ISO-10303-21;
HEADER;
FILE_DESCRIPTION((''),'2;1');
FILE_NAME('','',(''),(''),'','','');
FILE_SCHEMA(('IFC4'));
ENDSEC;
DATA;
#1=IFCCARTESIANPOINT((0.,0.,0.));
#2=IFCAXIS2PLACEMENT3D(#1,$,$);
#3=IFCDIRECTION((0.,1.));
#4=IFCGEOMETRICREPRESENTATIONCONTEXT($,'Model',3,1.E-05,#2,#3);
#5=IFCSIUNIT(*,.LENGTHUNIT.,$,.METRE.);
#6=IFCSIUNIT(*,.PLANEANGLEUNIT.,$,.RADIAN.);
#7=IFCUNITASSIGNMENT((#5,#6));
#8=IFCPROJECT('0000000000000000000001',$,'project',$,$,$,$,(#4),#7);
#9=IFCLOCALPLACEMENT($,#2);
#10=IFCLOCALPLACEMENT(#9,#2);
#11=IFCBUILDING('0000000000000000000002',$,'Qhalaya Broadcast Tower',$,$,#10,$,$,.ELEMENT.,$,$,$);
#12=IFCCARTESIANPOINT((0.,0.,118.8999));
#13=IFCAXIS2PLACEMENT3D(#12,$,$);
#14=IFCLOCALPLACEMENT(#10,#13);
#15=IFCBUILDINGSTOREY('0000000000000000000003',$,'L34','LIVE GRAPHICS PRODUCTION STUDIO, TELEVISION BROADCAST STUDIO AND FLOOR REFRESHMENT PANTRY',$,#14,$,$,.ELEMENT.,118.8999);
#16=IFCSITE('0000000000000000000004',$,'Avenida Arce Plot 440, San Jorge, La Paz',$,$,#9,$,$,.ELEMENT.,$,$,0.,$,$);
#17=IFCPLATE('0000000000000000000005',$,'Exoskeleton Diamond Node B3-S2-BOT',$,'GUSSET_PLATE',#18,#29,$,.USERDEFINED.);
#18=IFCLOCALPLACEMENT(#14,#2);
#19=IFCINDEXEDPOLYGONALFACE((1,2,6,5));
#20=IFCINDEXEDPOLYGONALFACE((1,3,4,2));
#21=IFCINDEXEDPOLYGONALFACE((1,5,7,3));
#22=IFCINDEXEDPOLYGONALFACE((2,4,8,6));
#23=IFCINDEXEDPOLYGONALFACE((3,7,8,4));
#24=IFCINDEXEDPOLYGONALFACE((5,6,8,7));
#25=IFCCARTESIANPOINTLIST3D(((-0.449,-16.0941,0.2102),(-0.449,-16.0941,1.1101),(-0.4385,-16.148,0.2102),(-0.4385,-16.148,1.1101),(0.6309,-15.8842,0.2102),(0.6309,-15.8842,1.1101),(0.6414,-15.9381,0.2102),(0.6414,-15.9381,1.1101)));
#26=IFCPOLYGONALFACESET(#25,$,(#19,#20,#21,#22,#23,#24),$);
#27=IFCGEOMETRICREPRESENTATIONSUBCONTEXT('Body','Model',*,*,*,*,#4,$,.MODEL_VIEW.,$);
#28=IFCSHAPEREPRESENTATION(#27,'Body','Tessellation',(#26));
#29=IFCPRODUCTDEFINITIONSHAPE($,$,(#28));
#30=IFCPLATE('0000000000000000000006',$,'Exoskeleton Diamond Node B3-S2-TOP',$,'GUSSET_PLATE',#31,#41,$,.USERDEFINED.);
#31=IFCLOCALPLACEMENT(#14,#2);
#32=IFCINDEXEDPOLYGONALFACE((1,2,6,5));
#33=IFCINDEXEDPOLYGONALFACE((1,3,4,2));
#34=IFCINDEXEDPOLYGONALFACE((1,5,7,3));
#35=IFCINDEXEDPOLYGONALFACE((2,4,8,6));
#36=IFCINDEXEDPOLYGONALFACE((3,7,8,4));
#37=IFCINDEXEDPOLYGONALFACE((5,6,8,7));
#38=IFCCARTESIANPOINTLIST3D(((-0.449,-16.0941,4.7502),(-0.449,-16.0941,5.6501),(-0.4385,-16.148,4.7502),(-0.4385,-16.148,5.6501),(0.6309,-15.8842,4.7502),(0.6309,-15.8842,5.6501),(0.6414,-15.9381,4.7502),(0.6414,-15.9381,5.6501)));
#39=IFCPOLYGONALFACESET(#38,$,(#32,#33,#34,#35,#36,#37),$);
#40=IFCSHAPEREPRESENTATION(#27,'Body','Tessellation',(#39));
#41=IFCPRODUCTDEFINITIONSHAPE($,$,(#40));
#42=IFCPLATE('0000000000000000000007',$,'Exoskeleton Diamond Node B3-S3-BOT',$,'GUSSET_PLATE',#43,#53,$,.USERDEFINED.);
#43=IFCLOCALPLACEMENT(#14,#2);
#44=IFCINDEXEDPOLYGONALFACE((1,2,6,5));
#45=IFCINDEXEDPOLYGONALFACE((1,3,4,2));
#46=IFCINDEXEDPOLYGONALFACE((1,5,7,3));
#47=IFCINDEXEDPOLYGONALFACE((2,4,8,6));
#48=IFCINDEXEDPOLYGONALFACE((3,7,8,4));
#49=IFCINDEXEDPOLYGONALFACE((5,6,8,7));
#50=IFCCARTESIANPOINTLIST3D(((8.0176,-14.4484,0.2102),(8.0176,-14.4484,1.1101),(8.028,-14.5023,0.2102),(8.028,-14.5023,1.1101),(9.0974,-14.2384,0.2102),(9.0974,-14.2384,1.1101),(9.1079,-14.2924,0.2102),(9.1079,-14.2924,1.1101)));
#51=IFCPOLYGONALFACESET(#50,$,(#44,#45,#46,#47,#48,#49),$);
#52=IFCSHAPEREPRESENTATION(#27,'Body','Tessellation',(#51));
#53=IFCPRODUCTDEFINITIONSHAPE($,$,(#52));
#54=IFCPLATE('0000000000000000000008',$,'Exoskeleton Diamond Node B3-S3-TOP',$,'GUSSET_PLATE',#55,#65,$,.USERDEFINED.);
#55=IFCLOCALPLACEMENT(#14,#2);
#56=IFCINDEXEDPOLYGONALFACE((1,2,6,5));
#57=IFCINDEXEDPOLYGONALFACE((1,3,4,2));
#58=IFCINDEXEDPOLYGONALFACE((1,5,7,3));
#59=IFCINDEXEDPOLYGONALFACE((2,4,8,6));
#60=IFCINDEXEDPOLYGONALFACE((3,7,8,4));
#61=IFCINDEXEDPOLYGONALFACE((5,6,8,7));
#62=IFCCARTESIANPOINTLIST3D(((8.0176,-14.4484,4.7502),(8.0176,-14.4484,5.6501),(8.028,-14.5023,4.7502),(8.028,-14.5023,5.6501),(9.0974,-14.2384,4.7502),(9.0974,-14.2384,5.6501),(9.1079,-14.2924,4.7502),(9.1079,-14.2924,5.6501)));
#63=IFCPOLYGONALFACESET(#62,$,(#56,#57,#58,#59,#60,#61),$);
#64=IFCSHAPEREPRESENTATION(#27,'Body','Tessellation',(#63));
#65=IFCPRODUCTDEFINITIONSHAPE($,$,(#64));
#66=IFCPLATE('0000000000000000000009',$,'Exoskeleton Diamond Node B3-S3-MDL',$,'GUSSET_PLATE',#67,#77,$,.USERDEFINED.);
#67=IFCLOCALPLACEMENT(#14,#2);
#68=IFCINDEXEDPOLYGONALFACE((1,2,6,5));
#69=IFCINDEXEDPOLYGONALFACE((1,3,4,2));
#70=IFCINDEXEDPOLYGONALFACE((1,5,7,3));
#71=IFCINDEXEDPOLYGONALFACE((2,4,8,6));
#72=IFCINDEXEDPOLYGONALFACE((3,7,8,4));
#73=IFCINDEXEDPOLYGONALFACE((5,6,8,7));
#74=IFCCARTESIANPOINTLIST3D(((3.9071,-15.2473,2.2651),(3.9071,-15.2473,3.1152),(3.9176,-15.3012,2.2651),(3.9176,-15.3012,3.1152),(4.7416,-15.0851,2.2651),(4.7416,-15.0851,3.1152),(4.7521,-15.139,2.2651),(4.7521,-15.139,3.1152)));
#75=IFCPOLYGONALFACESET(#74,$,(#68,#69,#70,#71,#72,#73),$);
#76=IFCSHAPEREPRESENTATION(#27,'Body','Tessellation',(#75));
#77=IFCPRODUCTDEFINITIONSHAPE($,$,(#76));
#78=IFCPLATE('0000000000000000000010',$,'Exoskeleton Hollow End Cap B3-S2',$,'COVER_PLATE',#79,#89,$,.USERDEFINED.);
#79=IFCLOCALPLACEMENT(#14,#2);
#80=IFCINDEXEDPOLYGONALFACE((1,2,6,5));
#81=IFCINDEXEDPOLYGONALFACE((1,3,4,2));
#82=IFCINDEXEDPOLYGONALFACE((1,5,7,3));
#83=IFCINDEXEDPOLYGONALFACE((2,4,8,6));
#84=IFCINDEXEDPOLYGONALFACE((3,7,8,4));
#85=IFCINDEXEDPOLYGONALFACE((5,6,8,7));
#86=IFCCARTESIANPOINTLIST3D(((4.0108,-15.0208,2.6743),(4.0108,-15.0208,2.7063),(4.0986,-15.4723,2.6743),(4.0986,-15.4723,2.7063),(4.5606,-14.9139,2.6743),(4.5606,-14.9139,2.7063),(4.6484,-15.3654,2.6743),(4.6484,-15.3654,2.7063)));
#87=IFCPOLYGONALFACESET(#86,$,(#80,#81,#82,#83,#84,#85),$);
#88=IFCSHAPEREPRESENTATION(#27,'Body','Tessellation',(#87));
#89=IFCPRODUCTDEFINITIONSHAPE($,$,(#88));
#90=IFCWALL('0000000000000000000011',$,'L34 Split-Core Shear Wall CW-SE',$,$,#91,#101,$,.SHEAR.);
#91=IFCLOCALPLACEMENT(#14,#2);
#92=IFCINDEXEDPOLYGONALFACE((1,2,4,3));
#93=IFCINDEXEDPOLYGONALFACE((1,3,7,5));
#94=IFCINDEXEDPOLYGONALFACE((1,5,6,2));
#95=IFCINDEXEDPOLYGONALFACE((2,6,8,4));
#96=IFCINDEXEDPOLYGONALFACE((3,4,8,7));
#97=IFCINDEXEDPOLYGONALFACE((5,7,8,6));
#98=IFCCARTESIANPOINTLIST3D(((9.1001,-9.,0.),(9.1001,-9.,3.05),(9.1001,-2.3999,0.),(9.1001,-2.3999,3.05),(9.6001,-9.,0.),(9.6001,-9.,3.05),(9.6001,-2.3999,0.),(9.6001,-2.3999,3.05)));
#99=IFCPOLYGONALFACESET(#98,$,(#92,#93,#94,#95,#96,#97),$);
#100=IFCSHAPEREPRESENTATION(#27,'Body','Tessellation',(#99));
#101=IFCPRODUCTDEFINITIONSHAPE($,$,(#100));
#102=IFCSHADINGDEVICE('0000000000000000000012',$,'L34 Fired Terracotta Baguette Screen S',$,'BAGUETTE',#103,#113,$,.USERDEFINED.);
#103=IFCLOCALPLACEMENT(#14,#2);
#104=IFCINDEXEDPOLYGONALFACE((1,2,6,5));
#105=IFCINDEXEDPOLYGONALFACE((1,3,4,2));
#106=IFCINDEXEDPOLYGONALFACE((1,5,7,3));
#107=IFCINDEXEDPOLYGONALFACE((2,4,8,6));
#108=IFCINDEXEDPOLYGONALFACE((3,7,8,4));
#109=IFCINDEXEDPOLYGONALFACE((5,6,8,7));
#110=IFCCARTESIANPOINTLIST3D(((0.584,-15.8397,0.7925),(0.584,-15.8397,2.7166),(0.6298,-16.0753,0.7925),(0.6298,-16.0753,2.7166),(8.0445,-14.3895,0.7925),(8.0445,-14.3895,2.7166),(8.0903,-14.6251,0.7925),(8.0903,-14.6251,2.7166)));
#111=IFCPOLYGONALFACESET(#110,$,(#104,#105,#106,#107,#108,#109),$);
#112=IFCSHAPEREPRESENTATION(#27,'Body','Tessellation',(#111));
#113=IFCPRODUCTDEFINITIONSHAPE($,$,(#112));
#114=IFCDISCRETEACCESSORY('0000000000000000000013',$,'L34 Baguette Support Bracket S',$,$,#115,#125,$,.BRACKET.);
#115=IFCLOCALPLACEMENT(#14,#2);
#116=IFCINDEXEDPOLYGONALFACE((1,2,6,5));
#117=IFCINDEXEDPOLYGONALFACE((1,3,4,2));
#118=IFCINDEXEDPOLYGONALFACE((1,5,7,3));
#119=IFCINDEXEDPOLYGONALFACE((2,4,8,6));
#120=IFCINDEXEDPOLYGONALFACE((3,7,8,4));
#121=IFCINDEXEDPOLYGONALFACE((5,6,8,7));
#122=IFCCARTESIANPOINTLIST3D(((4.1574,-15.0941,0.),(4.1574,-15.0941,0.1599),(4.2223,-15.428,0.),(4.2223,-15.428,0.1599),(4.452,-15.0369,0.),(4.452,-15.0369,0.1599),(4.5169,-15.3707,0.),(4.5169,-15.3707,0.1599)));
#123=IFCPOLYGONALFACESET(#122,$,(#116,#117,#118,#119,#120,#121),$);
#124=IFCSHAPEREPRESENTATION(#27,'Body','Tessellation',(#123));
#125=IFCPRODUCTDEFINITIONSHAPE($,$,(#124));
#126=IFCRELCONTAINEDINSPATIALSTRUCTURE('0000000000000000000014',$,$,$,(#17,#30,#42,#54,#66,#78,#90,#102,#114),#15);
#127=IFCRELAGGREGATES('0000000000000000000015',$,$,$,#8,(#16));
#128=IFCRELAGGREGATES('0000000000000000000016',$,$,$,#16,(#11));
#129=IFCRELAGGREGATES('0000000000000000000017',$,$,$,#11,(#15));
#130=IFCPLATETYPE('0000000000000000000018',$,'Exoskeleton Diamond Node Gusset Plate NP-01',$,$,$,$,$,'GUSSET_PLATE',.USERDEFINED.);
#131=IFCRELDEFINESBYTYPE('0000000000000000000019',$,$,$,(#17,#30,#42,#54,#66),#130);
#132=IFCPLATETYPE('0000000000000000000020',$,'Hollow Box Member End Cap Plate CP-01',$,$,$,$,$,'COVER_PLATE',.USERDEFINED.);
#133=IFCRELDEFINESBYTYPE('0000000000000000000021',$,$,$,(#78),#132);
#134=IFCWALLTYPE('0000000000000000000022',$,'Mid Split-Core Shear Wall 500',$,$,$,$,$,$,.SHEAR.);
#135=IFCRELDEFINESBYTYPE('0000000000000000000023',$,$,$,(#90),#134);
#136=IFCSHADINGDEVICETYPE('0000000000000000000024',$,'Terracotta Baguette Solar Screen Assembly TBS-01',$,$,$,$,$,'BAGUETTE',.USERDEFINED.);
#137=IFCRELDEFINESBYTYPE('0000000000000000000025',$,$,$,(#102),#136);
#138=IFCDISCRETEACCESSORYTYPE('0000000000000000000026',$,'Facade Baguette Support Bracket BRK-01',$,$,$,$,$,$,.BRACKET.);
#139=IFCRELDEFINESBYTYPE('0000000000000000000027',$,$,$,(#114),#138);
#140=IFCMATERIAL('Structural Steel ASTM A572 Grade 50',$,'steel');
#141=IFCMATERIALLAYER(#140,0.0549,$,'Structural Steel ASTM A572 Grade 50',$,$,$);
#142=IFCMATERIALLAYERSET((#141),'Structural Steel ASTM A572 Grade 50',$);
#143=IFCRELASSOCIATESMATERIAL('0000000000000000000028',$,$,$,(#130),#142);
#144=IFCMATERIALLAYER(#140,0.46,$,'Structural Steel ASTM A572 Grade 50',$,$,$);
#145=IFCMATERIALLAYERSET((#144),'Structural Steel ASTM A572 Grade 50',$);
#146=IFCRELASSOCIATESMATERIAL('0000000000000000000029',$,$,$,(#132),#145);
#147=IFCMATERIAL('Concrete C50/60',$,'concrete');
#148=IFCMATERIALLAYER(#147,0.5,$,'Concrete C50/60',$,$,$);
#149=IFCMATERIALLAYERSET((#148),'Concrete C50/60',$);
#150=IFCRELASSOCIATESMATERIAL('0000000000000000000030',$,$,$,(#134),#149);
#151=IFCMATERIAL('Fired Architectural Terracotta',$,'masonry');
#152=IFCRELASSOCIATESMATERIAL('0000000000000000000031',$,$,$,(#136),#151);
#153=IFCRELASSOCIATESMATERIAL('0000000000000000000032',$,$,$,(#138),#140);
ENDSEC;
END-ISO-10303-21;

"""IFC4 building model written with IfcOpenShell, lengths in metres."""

from ifc_helpers import new_model, si_unit, direction, frame, frame_2d, origin, origin_2d, place, context, subcontext, project, spatial, rectangle, extrude, material, layer, layer_set, type_object, element, save


model = new_model("IFC4")

# Units and contexts
model_context = context("Model", 3, precision=1e-05, world=origin(), true_north=direction((0.0, 1.0)))
body_context = subcontext(model_context, "Body", "Model", "MODEL_VIEW")
ifc_project = project(units=[si_unit("LENGTHUNIT", "METRE"), si_unit("PLANEANGLEUNIT", "RADIAN")], contexts=[model_context])

# Site, building, storey
site_placement = place(None, origin())
site = spatial("IfcSite", under=ifc_project, at=site_placement, Name="Avenida Arce Plot 440, San Jorge, La Paz", CompositionType="ELEMENT", RefElevation=0.0)
building_placement = place(site_placement, origin())
building = spatial("IfcBuilding", under=site, at=building_placement, Name="Qhalaya Broadcast Tower", CompositionType="ELEMENT")
storey_placement = place(building_placement, frame((0.0, 0.0, 118.8999)))
storey = spatial("IfcBuildingStorey", under=building, at=storey_placement, Name="L34", Description="LIVE GRAPHICS PRODUCTION STUDIO, TELEVISION BROADCAST STUDIO AND FLOOR REFRESHMENT PANTRY", CompositionType="ELEMENT", Elevation=118.8999)

# Shared definitions
ifc_material_1 = material(Name="Structural Steel ASTM A572 Grade 50", Category="steel")

# Plates
ifc_layer_1 = layer(ifc_material_1, 0.0549, Name="Structural Steel ASTM A572 Grade 50")
ifc_layer_set_1 = layer_set([ifc_layer_1], Name="Structural Steel ASTM A572 Grade 50")
plate_type_1 = type_object("IfcPlateType", Name="Exoskeleton Diamond Node Gusset Plate NP-01", ElementType="GUSSET_PLATE", PredefinedType="USERDEFINED", material=ifc_layer_set_1)
for number, where, z_axis, x_axis, name in (
    (1, (0.0962, -16.0161, 0.2102), (0.0, 0.0, 1.0), (0.981627, 0.190809, 0.0), "Exoskeleton Diamond Node B3-S2-BOT"),
    (2, (0.0962, -16.0161, 4.7502), (0.0, 0.0, 1.0), (0.981627, 0.190809, 0.0), "Exoskeleton Diamond Node B3-S2-TOP"),
    (3, (8.5627, -14.3704, 0.2102), (0.0, 0.0, 1.0), (0.981627, 0.190809, 0.0), "Exoskeleton Diamond Node B3-S3-BOT"),
    (4, (8.5627, -14.3704, 4.7502), (0.0, 0.0, 1.0), (0.981627, 0.190809, 0.0), "Exoskeleton Diamond Node B3-S3-TOP"),
):
    element("IfcPlate", number, at=place(storey_placement, frame(where, z_axis=z_axis, x_axis=x_axis)), inside=storey, type_object=plate_type_1, Name=name, ObjectType="GUSSET_PLATE", PredefinedType="USERDEFINED", context=body_context, shape_type="SweptSolid", body=[
        extrude(rectangle(XDim=1.1001, YDim=0.0549, at=origin_2d()), origin(), (0.0, 0.0, 1.0), 0.8999),
    ])
plate_1_placement = place(storey_placement, frame((4.3296, -15.1931, 2.2651), z_axis=(0.0, 0.0, 1.0), x_axis=(0.981627, 0.190809, 0.0)))
element("IfcPlate", 5, at=plate_1_placement, inside=storey, type_object=plate_type_1, Name="Exoskeleton Diamond Node B3-S3-MDL", ObjectType="GUSSET_PLATE", PredefinedType="USERDEFINED", context=body_context, shape_type="SweptSolid", body=[
    extrude(rectangle(XDim=0.8501, YDim=0.0549, at=origin_2d()), origin(), (0.0, 0.0, 1.0), 0.8501),
])
ifc_layer_2 = layer(ifc_material_1, 0.46, Name="Structural Steel ASTM A572 Grade 50")
ifc_layer_set_2 = layer_set([ifc_layer_2], Name="Structural Steel ASTM A572 Grade 50")
plate_type_2 = type_object("IfcPlateType", Name="Hollow Box Member End Cap Plate CP-01", ElementType="COVER_PLATE", PredefinedType="USERDEFINED", material=ifc_layer_set_2)
plate_2_placement = place(storey_placement, frame((4.3296, -15.1931, 2.6743), z_axis=(0.0, 0.0, 1.0), x_axis=(0.981627, 0.190809, 0.0)))
element("IfcPlate", 6, at=plate_2_placement, inside=storey, type_object=plate_type_2, Name="Exoskeleton Hollow End Cap B3-S2", ObjectType="COVER_PLATE", PredefinedType="USERDEFINED", context=body_context, shape_type="SweptSolid", body=[
    extrude(rectangle(XDim=0.5601, YDim=0.46, at=origin_2d()), origin(), (0.0, 0.0, 1.0), 0.032),
])

# Wall
ifc_material_2 = material(Name="Concrete C50/60", Category="concrete")
ifc_layer_3 = layer(ifc_material_2, 0.5, Name="Concrete C50/60")
ifc_layer_set_3 = layer_set([ifc_layer_3], Name="Concrete C50/60")
wall_type = type_object("IfcWallType", Name="Mid Split-Core Shear Wall 500", PredefinedType="SHEAR", material=ifc_layer_set_3)
wall_placement = place(storey_placement, frame((9.3501, -9.0, 0.0), z_axis=(0.0, 0.0, 1.0), x_axis=(0.0, 1.0, 0.0)))
element("IfcWall", 7, at=wall_placement, inside=storey, type_object=wall_type, Name="L34 Split-Core Shear Wall CW-SE", PredefinedType="SHEAR", context=body_context, shape_type="SweptSolid", body=[
    extrude(rectangle(XDim=6.6001, YDim=0.5, at=frame_2d((3.3, 0.0))), origin(), (0.0, 0.0, 1.0), 3.05),
])

# Shading device
ifc_material_3 = material(Name="Fired Architectural Terracotta", Category="masonry")
shading_device_type = type_object("IfcShadingDeviceType", Name="Terracotta Baguette Solar Screen Assembly TBS-01", ElementType="BAGUETTE", PredefinedType="USERDEFINED", material=ifc_material_3)
shading_device_placement = place(storey_placement, frame((4.3372, -15.2324, 0.7925), z_axis=(0.0, 0.0, 1.0), x_axis=(0.981627, 0.190809, 0.0)))
element("IfcShadingDevice", 8, at=shading_device_placement, inside=storey, type_object=shading_device_type, Name="L34 Fired Terracotta Baguette Screen S", ObjectType="BAGUETTE", PredefinedType="USERDEFINED", context=body_context, shape_type="SweptSolid", body=[
    extrude(rectangle(XDim=7.6001, YDim=0.24, at=origin_2d()), origin(), (0.0, 0.0, 1.0), 1.9241),
])

# Discrete accessory
discrete_accessory_type = type_object("IfcDiscreteAccessoryType", Name="Facade Baguette Support Bracket BRK-01", PredefinedType="BRACKET", material=ifc_material_1)
discrete_accessory_placement = place(storey_placement, frame((4.3372, -15.2324, 0.0), z_axis=(0.0, 0.0, 1.0), x_axis=(0.981627, 0.190809, 0.0)))
element("IfcDiscreteAccessory", 9, at=discrete_accessory_placement, inside=storey, type_object=discrete_accessory_type, Name="L34 Baguette Support Bracket S", PredefinedType="BRACKET", context=body_context, shape_type="SweptSolid", body=[
    extrude(rectangle(XDim=0.3, YDim=0.3401, at=origin_2d()), origin(), (0.0, 0.0, 1.0), 0.1599),
])

save(model, "model.ifc")
